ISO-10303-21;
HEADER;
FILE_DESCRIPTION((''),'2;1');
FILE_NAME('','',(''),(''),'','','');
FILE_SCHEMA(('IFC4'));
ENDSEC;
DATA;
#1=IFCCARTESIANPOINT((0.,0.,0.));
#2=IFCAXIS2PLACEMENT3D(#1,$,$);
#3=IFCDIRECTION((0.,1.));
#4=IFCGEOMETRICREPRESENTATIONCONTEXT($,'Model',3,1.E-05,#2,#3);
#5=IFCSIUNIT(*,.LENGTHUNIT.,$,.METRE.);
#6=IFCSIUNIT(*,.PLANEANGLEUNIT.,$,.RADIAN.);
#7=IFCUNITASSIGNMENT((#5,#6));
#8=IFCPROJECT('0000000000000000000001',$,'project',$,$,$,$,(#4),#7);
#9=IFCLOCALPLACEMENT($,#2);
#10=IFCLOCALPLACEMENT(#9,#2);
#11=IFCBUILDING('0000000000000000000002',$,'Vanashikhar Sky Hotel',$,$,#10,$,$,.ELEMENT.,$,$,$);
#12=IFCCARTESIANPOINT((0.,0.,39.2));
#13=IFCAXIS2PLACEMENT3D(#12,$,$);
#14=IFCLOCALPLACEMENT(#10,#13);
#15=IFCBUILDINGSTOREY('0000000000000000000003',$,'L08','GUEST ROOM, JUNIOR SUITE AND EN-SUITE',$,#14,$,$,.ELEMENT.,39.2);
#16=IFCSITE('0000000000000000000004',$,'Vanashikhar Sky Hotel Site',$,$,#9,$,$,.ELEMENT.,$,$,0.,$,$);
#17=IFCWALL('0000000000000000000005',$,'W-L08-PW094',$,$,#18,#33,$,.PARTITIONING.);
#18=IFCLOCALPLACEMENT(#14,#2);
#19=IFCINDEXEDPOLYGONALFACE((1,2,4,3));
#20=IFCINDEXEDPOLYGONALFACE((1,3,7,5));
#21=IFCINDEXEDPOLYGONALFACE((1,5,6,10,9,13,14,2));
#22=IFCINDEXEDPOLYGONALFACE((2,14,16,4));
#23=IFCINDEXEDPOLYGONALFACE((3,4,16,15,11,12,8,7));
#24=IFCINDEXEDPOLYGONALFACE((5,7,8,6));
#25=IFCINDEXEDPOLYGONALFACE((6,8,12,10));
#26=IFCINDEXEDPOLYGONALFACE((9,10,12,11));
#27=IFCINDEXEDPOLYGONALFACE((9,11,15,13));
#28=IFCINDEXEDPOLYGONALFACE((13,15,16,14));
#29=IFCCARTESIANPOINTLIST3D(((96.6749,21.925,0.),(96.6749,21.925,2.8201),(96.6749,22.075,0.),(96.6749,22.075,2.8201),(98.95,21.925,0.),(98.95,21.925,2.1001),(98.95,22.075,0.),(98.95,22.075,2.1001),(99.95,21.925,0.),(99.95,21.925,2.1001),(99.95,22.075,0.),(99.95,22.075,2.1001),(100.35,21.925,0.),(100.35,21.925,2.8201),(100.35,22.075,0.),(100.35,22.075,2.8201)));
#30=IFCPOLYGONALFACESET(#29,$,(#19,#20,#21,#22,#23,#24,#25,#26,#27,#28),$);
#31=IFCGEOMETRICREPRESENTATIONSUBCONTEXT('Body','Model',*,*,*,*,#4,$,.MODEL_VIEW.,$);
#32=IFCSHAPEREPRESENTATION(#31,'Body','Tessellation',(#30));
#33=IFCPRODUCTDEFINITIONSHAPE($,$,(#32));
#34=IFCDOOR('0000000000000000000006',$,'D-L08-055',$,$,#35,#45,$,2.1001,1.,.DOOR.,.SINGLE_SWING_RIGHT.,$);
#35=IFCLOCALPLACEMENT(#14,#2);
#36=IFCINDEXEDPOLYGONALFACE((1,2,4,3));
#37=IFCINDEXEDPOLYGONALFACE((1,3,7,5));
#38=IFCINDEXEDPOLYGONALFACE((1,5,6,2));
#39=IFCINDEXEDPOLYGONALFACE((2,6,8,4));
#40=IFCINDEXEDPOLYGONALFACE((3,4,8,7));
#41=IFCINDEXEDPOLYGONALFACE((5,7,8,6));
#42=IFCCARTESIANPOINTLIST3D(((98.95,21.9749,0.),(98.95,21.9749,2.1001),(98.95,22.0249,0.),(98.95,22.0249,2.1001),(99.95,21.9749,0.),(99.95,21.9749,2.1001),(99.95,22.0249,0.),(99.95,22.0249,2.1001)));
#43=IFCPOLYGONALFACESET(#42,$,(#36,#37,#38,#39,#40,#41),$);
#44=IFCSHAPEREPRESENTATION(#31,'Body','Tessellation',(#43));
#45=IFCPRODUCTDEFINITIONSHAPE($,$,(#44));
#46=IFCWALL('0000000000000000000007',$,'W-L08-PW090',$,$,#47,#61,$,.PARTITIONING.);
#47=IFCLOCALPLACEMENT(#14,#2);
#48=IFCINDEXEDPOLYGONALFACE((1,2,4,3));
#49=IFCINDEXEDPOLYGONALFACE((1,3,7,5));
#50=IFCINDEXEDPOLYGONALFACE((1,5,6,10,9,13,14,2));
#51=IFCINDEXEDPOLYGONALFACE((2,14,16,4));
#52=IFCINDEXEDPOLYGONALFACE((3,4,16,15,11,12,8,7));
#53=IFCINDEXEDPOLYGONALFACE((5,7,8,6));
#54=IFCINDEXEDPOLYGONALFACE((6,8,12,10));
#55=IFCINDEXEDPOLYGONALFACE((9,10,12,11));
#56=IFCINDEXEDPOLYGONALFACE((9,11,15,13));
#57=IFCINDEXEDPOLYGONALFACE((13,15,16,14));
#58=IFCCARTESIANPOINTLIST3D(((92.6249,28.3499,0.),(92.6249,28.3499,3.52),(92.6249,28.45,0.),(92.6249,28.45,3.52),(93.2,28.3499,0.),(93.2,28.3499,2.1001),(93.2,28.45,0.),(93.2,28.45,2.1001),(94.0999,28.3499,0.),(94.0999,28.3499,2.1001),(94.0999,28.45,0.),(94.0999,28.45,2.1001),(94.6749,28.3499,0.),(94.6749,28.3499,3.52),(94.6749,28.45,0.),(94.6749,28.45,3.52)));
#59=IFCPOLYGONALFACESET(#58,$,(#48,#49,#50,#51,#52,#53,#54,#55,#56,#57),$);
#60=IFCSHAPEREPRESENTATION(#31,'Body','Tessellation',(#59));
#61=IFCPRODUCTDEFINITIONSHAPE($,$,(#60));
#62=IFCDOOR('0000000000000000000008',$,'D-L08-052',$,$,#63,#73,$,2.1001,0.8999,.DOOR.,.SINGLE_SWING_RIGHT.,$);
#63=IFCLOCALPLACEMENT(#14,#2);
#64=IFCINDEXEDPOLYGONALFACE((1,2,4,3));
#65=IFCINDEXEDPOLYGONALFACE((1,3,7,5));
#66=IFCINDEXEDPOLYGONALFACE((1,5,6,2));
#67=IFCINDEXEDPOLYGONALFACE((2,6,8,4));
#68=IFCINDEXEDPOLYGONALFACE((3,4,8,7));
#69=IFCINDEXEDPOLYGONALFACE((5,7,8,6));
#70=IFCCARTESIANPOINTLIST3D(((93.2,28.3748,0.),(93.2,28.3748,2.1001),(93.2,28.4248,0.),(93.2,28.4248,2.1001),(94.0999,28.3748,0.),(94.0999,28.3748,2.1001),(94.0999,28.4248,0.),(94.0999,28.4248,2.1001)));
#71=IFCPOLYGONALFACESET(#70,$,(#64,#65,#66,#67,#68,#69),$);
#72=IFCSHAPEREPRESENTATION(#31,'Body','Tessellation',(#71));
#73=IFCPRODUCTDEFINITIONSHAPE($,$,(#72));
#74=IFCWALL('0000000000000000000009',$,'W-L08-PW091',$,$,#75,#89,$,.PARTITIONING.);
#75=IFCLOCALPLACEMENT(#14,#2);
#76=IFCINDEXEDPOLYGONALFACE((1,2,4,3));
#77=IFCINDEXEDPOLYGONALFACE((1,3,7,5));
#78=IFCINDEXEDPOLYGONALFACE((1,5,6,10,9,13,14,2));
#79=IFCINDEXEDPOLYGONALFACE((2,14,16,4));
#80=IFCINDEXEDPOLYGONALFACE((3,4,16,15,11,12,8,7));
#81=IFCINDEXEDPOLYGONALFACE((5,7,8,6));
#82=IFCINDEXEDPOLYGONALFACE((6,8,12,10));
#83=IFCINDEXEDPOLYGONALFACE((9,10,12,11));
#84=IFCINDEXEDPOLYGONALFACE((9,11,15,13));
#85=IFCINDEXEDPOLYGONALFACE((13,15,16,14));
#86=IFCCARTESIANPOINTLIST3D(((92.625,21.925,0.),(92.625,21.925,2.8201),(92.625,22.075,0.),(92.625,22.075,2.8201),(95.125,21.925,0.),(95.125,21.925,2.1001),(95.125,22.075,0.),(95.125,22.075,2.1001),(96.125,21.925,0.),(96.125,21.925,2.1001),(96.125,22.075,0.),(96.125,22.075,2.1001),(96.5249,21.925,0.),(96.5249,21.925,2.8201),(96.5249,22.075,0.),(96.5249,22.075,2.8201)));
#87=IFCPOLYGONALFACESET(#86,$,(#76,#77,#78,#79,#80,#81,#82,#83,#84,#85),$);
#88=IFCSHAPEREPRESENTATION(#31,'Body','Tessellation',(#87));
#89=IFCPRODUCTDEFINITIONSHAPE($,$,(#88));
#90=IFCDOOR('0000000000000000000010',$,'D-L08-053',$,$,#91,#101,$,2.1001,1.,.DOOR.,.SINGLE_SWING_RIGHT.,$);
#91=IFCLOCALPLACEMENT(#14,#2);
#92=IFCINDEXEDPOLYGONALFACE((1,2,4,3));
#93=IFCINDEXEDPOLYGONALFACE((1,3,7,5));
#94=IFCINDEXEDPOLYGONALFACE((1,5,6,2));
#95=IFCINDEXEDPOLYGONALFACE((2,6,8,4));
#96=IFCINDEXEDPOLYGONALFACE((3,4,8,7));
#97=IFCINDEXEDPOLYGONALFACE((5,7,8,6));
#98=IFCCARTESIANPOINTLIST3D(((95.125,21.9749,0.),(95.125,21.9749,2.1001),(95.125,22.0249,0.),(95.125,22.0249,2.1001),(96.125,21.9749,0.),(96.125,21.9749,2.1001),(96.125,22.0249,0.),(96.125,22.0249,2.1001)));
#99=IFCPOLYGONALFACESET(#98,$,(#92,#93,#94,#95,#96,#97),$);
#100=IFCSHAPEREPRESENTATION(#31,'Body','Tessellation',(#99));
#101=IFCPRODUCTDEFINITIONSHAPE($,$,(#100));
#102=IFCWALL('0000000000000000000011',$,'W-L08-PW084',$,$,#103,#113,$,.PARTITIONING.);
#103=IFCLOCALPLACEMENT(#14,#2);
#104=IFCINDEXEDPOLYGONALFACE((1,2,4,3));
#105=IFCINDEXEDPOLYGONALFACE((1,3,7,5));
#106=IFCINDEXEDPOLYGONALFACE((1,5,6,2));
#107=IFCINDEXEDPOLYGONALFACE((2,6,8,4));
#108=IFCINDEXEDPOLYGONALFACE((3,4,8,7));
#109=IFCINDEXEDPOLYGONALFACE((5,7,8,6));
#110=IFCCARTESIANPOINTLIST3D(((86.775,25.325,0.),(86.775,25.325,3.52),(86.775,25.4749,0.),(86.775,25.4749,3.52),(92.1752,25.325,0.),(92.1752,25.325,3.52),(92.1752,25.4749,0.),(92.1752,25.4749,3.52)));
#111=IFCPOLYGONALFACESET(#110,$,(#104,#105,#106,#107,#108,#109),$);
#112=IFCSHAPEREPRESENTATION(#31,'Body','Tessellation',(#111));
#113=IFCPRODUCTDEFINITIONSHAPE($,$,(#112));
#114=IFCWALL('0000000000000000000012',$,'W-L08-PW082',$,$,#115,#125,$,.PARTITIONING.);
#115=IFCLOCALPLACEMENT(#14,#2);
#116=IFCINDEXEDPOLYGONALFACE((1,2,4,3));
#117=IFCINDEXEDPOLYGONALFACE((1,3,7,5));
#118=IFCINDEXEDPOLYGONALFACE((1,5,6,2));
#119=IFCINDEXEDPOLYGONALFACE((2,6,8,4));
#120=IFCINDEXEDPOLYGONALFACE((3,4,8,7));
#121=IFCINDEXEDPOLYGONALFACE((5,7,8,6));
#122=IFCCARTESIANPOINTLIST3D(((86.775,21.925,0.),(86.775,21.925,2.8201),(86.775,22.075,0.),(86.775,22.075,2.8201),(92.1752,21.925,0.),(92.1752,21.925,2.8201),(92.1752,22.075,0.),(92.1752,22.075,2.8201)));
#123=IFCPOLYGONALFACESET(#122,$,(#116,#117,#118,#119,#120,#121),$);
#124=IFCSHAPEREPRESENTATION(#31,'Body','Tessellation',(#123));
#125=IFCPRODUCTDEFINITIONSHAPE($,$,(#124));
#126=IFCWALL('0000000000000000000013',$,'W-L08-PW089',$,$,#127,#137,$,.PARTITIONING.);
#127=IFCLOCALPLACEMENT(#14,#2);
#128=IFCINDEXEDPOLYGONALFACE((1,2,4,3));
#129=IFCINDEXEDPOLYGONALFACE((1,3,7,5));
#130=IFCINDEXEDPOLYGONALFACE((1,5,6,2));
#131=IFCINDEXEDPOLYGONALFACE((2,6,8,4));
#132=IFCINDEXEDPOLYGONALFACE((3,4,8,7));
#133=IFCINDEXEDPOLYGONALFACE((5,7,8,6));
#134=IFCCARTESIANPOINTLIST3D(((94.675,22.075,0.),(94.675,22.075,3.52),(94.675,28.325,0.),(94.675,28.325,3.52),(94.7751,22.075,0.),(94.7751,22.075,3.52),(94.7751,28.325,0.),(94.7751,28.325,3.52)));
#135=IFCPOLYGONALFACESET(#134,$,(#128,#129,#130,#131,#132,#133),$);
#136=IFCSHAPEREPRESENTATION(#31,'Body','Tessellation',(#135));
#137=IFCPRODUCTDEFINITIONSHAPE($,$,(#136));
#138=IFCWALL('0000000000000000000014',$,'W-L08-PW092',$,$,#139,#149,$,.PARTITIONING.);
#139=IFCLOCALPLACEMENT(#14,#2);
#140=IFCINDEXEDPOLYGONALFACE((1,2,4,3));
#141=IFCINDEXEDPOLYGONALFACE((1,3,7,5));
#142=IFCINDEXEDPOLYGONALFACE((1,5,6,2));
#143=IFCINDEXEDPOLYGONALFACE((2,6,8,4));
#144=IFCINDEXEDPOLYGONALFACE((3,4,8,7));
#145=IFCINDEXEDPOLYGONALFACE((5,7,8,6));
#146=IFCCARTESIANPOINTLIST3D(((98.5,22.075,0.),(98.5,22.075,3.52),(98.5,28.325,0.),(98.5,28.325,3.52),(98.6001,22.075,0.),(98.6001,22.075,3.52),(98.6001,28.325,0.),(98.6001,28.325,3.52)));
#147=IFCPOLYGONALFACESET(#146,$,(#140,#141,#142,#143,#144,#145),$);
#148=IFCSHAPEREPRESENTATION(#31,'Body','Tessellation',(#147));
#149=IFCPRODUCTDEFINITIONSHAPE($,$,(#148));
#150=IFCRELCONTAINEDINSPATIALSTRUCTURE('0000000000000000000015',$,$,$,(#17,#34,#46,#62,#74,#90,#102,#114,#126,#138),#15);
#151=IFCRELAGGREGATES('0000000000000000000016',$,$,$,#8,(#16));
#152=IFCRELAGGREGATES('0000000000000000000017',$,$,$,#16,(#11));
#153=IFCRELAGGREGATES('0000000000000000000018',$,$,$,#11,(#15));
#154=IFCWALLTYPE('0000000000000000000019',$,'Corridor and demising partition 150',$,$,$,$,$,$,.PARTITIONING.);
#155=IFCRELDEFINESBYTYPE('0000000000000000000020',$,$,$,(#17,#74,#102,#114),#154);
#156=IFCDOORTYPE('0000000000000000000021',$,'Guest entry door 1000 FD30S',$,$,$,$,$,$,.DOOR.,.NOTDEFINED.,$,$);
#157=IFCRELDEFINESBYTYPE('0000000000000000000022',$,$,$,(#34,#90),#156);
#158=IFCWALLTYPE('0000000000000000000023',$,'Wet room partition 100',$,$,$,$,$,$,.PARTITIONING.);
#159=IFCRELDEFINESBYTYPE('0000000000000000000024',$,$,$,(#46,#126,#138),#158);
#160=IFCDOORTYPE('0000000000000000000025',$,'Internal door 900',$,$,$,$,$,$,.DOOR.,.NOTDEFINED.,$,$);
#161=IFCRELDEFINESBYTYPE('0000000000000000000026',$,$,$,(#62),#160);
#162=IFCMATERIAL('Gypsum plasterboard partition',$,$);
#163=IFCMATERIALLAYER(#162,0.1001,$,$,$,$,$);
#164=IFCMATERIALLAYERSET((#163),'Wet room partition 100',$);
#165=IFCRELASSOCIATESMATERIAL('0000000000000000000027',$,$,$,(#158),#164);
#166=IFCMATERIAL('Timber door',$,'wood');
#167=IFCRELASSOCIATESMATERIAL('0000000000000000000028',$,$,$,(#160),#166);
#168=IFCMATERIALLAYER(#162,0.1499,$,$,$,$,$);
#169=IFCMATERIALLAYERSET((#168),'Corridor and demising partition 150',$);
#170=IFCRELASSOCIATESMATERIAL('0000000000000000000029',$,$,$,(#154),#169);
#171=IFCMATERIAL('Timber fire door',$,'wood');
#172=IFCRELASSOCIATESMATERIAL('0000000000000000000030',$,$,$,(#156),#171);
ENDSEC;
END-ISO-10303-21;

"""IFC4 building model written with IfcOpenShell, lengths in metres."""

from ifc_helpers import new_model, si_unit, direction, frame, frame_2d, origin, place, context, subcontext, project, spatial, rectangle, extrude, source, transform, mapped, material, layer, layer_set, type_object, element, fill, save


model = new_model("IFC4")

# Units and contexts
model_context = context("Model", 3, precision=1e-05, world=origin(), true_north=direction((0.0, 1.0)))
body_context = subcontext(model_context, "Body", "Model", "MODEL_VIEW")
ifc_project = project(units=[si_unit("LENGTHUNIT", "METRE"), si_unit("PLANEANGLEUNIT", "RADIAN")], contexts=[model_context])

# Site, building, storey
site_placement = place(None, origin())
site = spatial("IfcSite", under=ifc_project, at=site_placement, Name="Vanashikhar Sky Hotel Site", CompositionType="ELEMENT", RefElevation=0.0)
building_placement = place(site_placement, origin())
building = spatial("IfcBuilding", under=site, at=building_placement, Name="Vanashikhar Sky Hotel", CompositionType="ELEMENT")
storey_placement = place(building_placement, frame((0.0, 0.0, 39.2)))
storey = spatial("IfcBuildingStorey", under=building, at=storey_placement, Name="L08", Description="GUEST ROOM, JUNIOR SUITE AND EN-SUITE", CompositionType="ELEMENT", Elevation=39.2)

# Walls, openings, doors
ifc_material_1 = material(Name="Gypsum plasterboard partition")
ifc_layer_1 = layer(ifc_material_1, 0.1001)
ifc_layer_set_1 = layer_set([ifc_layer_1], Name="Wet room partition 100")
wall_type_1 = type_object("IfcWallType", Name="Wet room partition 100", PredefinedType="PARTITIONING", material=ifc_layer_set_1)
shared_shape_1 = source(origin(), body_context, "Body", "SweptSolid", [
    extrude(rectangle(XDim=0.8999, YDim=2.1001, at=frame_2d((0.45, 1.05))), frame((0.0, 0.0601, 0.0), z_axis=(0.0, -1.0, 0.0), x_axis=(1.0, 0.0, 0.0)), (0.0, 0.0, 1.0), 0.1201),
])
ifc_material_2 = material(Name="Timber door", Category="wood")
door_type_1 = type_object("IfcDoorType", Name="Internal door 900", OperationType="NOTDEFINED", PredefinedType="DOOR", material=ifc_material_2)
shared_shape_2 = source(origin(), body_context, "Body", "SweptSolid", [
    extrude(rectangle(XDim=0.8999, YDim=2.1001, at=frame_2d((0.45, 1.05))), frame((0.0, 0.0249, 0.0), z_axis=(0.0, -1.0, 0.0), x_axis=(1.0, 0.0, 0.0)), (0.0, 0.0, 1.0), 0.05),
])
ifc_layer_2 = layer(ifc_material_1, 0.1499)
ifc_layer_set_2 = layer_set([ifc_layer_2], Name="Corridor and demising partition 150")
wall_type_2 = type_object("IfcWallType", Name="Corridor and demising partition 150", PredefinedType="PARTITIONING", material=ifc_layer_set_2)
shared_shape_3 = source(origin(), body_context, "Body", "SweptSolid", [
    extrude(rectangle(XDim=3.675, YDim=0.1499, at=frame_2d((1.8374, 0.0))), origin(), (0.0, 0.0, 1.0), 2.8201),
])
wall_1_placement = place(storey_placement, frame((96.675, 22.0, 0.0), z_axis=(0.0, 0.0, 1.0), x_axis=(1.0, 0.0, 0.0)))
wall_1 = element("IfcWall", 1, at=wall_1_placement, inside=storey, type_object=wall_type_2, Name="W-L08-PW094", PredefinedType="PARTITIONING", context=body_context, shape_type="MappedRepresentation", body=[
    mapped(shared_shape_3, transform((0.0, 0.0, 0.0), scale=1.0)),
])
shared_shape_4 = source(origin(), body_context, "Body", "SweptSolid", [
    extrude(rectangle(XDim=1.0, YDim=2.1001, at=frame_2d((0.5, 1.05))), frame((0.0, 0.085, 0.0), z_axis=(0.0, -1.0, 0.0), x_axis=(1.0, 0.0, 0.0)), (0.0, 0.0, 1.0), 0.1699),
])
opening_1_placement = place(wall_1_placement, frame((2.2749, 0.0, 0.0)))
opening_1 = element("IfcOpeningElement", 2, at=opening_1_placement, cuts=wall_1, PredefinedType="OPENING", context=body_context, shape_type="MappedRepresentation", body=[
    mapped(shared_shape_4, transform((0.0, 0.0, 0.0), scale=1.0)),
])
ifc_material_3 = material(Name="Timber fire door", Category="wood")
door_type_2 = type_object("IfcDoorType", Name="Guest entry door 1000 FD30S", OperationType="NOTDEFINED", PredefinedType="DOOR", material=ifc_material_3)
shared_shape_5 = source(origin(), body_context, "Body", "SweptSolid", [
    extrude(rectangle(XDim=1.0, YDim=2.1001, at=frame_2d((0.5, 1.05))), frame((0.0, 0.0249, 0.0), z_axis=(0.0, -1.0, 0.0), x_axis=(1.0, 0.0, 0.0)), (0.0, 0.0, 1.0), 0.05),
])
door_1_placement = place(opening_1_placement, origin())
door_1 = element("IfcDoor", 3, at=door_1_placement, inside=storey, type_object=door_type_2, Name="D-L08-055", OperationType="SINGLE_SWING_RIGHT", OverallHeight=2.1001, OverallWidth=1.0, PredefinedType="DOOR", context=body_context, shape_type="MappedRepresentation", body=[
    mapped(shared_shape_5, transform((0.0, 0.0, 0.0), scale=1.0)),
])
fill(opening_1, door_1)
shared_shape_6 = source(origin(), body_context, "Body", "SweptSolid", [
    extrude(rectangle(XDim=2.05, YDim=0.1001, at=frame_2d((1.0249, 0.0))), origin(), (0.0, 0.0, 1.0), 3.52),
])
wall_2_placement = place(storey_placement, frame((92.625, 28.3999, 0.0), z_axis=(0.0, 0.0, 1.0), x_axis=(1.0, 0.0, 0.0)))
wall_2 = element("IfcWall", 4, at=wall_2_placement, inside=storey, type_object=wall_type_1, Name="W-L08-PW090", PredefinedType="PARTITIONING", context=body_context, shape_type="MappedRepresentation", body=[
    mapped(shared_shape_6, transform((0.0, 0.0, 0.0), scale=1.0)),
])
opening_2_placement = place(wall_2_placement, frame((0.575, 0.0, 0.0)))
opening_2 = element("IfcOpeningElement", 5, at=opening_2_placement, cuts=wall_2, PredefinedType="OPENING", context=body_context, shape_type="MappedRepresentation", body=[
    mapped(shared_shape_1, transform((0.0, 0.0, 0.0), scale=1.0)),
])
door_2_placement = place(opening_2_placement, origin())
door_2 = element("IfcDoor", 6, at=door_2_placement, inside=storey, type_object=door_type_1, Name="D-L08-052", OperationType="SINGLE_SWING_RIGHT", OverallHeight=2.1001, OverallWidth=0.8999, PredefinedType="DOOR", context=body_context, shape_type="MappedRepresentation", body=[
    mapped(shared_shape_2, transform((0.0, 0.0, 0.0), scale=1.0)),
])
fill(opening_2, door_2)
shared_shape_7 = source(origin(), body_context, "Body", "SweptSolid", [
    extrude(rectangle(XDim=3.8999, YDim=0.1499, at=frame_2d((1.95, 0.0))), origin(), (0.0, 0.0, 1.0), 2.8201),
])
wall_3_placement = place(storey_placement, frame((92.625, 22.0, 0.0), z_axis=(0.0, 0.0, 1.0), x_axis=(1.0, 0.0, 0.0)))
wall_3 = element("IfcWall", 7, at=wall_3_placement, inside=storey, type_object=wall_type_2, Name="W-L08-PW091", PredefinedType="PARTITIONING", context=body_context, shape_type="MappedRepresentation", body=[
    mapped(shared_shape_7, transform((0.0, 0.0, 0.0), scale=1.0)),
])
opening_3_placement = place(wall_3_placement, frame((2.5, 0.0, 0.0)))
opening_3 = element("IfcOpeningElement", 8, at=opening_3_placement, cuts=wall_3, PredefinedType="OPENING", context=body_context, shape_type="MappedRepresentation", body=[
    mapped(shared_shape_4, transform((0.0, 0.0, 0.0), scale=1.0)),
])
door_3_placement = place(opening_3_placement, origin())
door_3 = element("IfcDoor", 9, at=door_3_placement, inside=storey, type_object=door_type_2, Name="D-L08-053", OperationType="SINGLE_SWING_RIGHT", OverallHeight=2.1001, OverallWidth=1.0, PredefinedType="DOOR", context=body_context, shape_type="MappedRepresentation", body=[
    mapped(shared_shape_5, transform((0.0, 0.0, 0.0), scale=1.0)),
])
fill(opening_3, door_3)

# Walls
shared_shape_8 = source(origin(), body_context, "Body", "SweptSolid", [
    extrude(rectangle(XDim=5.4001, YDim=0.1499, at=frame_2d((2.7002, 0.0))), origin(), (0.0, 0.0, 1.0), 3.52),
])
wall_4_placement = place(storey_placement, frame((86.7749, 25.3999, 0.0), z_axis=(0.0, 0.0, 1.0), x_axis=(1.0, 0.0, 0.0)))
element("IfcWall", 10, at=wall_4_placement, inside=storey, type_object=wall_type_2, Name="W-L08-PW084", PredefinedType="PARTITIONING", context=body_context, shape_type="MappedRepresentation", body=[
    mapped(shared_shape_8, transform((0.0, 0.0, 0.0), scale=1.0)),
])
shared_shape_9 = source(origin(), body_context, "Body", "SweptSolid", [
    extrude(rectangle(XDim=5.4001, YDim=0.1499, at=frame_2d((2.7002, 0.0))), origin(), (0.0, 0.0, 1.0), 2.8201),
])
wall_5_placement = place(storey_placement, frame((86.7749, 22.0, 0.0), z_axis=(0.0, 0.0, 1.0), x_axis=(1.0, 0.0, 0.0)))
element("IfcWall", 11, at=wall_5_placement, inside=storey, type_object=wall_type_2, Name="W-L08-PW082", PredefinedType="PARTITIONING", context=body_context, shape_type="MappedRepresentation", body=[
    mapped(shared_shape_9, transform((0.0, 0.0, 0.0), scale=1.0)),
])
shared_shape_10 = source(origin(), body_context, "Body", "SweptSolid", [
    extrude(rectangle(XDim=6.25, YDim=0.1001, at=frame_2d((3.125, 0.0))), origin(), (0.0, 0.0, 1.0), 3.52),
])
for number, where, z_axis, x_axis, name in (
    (12, (94.7251, 22.075, 0.0), (0.0, 0.0, 1.0), (0.0, 1.0, 0.0), "W-L08-PW089"),
    (13, (98.55, 22.075, 0.0), (0.0, 0.0, 1.0), (0.0, 1.0, 0.0), "W-L08-PW092"),
):
    element("IfcWall", number, at=place(storey_placement, frame(where, z_axis=z_axis, x_axis=x_axis)), inside=storey, type_object=wall_type_1, Name=name, PredefinedType="PARTITIONING", context=body_context, shape_type="MappedRepresentation", body=[
        mapped(shared_shape_10, transform((0.0, 0.0, 0.0), scale=1.0)),
    ])

save(model, "model.ifc")
